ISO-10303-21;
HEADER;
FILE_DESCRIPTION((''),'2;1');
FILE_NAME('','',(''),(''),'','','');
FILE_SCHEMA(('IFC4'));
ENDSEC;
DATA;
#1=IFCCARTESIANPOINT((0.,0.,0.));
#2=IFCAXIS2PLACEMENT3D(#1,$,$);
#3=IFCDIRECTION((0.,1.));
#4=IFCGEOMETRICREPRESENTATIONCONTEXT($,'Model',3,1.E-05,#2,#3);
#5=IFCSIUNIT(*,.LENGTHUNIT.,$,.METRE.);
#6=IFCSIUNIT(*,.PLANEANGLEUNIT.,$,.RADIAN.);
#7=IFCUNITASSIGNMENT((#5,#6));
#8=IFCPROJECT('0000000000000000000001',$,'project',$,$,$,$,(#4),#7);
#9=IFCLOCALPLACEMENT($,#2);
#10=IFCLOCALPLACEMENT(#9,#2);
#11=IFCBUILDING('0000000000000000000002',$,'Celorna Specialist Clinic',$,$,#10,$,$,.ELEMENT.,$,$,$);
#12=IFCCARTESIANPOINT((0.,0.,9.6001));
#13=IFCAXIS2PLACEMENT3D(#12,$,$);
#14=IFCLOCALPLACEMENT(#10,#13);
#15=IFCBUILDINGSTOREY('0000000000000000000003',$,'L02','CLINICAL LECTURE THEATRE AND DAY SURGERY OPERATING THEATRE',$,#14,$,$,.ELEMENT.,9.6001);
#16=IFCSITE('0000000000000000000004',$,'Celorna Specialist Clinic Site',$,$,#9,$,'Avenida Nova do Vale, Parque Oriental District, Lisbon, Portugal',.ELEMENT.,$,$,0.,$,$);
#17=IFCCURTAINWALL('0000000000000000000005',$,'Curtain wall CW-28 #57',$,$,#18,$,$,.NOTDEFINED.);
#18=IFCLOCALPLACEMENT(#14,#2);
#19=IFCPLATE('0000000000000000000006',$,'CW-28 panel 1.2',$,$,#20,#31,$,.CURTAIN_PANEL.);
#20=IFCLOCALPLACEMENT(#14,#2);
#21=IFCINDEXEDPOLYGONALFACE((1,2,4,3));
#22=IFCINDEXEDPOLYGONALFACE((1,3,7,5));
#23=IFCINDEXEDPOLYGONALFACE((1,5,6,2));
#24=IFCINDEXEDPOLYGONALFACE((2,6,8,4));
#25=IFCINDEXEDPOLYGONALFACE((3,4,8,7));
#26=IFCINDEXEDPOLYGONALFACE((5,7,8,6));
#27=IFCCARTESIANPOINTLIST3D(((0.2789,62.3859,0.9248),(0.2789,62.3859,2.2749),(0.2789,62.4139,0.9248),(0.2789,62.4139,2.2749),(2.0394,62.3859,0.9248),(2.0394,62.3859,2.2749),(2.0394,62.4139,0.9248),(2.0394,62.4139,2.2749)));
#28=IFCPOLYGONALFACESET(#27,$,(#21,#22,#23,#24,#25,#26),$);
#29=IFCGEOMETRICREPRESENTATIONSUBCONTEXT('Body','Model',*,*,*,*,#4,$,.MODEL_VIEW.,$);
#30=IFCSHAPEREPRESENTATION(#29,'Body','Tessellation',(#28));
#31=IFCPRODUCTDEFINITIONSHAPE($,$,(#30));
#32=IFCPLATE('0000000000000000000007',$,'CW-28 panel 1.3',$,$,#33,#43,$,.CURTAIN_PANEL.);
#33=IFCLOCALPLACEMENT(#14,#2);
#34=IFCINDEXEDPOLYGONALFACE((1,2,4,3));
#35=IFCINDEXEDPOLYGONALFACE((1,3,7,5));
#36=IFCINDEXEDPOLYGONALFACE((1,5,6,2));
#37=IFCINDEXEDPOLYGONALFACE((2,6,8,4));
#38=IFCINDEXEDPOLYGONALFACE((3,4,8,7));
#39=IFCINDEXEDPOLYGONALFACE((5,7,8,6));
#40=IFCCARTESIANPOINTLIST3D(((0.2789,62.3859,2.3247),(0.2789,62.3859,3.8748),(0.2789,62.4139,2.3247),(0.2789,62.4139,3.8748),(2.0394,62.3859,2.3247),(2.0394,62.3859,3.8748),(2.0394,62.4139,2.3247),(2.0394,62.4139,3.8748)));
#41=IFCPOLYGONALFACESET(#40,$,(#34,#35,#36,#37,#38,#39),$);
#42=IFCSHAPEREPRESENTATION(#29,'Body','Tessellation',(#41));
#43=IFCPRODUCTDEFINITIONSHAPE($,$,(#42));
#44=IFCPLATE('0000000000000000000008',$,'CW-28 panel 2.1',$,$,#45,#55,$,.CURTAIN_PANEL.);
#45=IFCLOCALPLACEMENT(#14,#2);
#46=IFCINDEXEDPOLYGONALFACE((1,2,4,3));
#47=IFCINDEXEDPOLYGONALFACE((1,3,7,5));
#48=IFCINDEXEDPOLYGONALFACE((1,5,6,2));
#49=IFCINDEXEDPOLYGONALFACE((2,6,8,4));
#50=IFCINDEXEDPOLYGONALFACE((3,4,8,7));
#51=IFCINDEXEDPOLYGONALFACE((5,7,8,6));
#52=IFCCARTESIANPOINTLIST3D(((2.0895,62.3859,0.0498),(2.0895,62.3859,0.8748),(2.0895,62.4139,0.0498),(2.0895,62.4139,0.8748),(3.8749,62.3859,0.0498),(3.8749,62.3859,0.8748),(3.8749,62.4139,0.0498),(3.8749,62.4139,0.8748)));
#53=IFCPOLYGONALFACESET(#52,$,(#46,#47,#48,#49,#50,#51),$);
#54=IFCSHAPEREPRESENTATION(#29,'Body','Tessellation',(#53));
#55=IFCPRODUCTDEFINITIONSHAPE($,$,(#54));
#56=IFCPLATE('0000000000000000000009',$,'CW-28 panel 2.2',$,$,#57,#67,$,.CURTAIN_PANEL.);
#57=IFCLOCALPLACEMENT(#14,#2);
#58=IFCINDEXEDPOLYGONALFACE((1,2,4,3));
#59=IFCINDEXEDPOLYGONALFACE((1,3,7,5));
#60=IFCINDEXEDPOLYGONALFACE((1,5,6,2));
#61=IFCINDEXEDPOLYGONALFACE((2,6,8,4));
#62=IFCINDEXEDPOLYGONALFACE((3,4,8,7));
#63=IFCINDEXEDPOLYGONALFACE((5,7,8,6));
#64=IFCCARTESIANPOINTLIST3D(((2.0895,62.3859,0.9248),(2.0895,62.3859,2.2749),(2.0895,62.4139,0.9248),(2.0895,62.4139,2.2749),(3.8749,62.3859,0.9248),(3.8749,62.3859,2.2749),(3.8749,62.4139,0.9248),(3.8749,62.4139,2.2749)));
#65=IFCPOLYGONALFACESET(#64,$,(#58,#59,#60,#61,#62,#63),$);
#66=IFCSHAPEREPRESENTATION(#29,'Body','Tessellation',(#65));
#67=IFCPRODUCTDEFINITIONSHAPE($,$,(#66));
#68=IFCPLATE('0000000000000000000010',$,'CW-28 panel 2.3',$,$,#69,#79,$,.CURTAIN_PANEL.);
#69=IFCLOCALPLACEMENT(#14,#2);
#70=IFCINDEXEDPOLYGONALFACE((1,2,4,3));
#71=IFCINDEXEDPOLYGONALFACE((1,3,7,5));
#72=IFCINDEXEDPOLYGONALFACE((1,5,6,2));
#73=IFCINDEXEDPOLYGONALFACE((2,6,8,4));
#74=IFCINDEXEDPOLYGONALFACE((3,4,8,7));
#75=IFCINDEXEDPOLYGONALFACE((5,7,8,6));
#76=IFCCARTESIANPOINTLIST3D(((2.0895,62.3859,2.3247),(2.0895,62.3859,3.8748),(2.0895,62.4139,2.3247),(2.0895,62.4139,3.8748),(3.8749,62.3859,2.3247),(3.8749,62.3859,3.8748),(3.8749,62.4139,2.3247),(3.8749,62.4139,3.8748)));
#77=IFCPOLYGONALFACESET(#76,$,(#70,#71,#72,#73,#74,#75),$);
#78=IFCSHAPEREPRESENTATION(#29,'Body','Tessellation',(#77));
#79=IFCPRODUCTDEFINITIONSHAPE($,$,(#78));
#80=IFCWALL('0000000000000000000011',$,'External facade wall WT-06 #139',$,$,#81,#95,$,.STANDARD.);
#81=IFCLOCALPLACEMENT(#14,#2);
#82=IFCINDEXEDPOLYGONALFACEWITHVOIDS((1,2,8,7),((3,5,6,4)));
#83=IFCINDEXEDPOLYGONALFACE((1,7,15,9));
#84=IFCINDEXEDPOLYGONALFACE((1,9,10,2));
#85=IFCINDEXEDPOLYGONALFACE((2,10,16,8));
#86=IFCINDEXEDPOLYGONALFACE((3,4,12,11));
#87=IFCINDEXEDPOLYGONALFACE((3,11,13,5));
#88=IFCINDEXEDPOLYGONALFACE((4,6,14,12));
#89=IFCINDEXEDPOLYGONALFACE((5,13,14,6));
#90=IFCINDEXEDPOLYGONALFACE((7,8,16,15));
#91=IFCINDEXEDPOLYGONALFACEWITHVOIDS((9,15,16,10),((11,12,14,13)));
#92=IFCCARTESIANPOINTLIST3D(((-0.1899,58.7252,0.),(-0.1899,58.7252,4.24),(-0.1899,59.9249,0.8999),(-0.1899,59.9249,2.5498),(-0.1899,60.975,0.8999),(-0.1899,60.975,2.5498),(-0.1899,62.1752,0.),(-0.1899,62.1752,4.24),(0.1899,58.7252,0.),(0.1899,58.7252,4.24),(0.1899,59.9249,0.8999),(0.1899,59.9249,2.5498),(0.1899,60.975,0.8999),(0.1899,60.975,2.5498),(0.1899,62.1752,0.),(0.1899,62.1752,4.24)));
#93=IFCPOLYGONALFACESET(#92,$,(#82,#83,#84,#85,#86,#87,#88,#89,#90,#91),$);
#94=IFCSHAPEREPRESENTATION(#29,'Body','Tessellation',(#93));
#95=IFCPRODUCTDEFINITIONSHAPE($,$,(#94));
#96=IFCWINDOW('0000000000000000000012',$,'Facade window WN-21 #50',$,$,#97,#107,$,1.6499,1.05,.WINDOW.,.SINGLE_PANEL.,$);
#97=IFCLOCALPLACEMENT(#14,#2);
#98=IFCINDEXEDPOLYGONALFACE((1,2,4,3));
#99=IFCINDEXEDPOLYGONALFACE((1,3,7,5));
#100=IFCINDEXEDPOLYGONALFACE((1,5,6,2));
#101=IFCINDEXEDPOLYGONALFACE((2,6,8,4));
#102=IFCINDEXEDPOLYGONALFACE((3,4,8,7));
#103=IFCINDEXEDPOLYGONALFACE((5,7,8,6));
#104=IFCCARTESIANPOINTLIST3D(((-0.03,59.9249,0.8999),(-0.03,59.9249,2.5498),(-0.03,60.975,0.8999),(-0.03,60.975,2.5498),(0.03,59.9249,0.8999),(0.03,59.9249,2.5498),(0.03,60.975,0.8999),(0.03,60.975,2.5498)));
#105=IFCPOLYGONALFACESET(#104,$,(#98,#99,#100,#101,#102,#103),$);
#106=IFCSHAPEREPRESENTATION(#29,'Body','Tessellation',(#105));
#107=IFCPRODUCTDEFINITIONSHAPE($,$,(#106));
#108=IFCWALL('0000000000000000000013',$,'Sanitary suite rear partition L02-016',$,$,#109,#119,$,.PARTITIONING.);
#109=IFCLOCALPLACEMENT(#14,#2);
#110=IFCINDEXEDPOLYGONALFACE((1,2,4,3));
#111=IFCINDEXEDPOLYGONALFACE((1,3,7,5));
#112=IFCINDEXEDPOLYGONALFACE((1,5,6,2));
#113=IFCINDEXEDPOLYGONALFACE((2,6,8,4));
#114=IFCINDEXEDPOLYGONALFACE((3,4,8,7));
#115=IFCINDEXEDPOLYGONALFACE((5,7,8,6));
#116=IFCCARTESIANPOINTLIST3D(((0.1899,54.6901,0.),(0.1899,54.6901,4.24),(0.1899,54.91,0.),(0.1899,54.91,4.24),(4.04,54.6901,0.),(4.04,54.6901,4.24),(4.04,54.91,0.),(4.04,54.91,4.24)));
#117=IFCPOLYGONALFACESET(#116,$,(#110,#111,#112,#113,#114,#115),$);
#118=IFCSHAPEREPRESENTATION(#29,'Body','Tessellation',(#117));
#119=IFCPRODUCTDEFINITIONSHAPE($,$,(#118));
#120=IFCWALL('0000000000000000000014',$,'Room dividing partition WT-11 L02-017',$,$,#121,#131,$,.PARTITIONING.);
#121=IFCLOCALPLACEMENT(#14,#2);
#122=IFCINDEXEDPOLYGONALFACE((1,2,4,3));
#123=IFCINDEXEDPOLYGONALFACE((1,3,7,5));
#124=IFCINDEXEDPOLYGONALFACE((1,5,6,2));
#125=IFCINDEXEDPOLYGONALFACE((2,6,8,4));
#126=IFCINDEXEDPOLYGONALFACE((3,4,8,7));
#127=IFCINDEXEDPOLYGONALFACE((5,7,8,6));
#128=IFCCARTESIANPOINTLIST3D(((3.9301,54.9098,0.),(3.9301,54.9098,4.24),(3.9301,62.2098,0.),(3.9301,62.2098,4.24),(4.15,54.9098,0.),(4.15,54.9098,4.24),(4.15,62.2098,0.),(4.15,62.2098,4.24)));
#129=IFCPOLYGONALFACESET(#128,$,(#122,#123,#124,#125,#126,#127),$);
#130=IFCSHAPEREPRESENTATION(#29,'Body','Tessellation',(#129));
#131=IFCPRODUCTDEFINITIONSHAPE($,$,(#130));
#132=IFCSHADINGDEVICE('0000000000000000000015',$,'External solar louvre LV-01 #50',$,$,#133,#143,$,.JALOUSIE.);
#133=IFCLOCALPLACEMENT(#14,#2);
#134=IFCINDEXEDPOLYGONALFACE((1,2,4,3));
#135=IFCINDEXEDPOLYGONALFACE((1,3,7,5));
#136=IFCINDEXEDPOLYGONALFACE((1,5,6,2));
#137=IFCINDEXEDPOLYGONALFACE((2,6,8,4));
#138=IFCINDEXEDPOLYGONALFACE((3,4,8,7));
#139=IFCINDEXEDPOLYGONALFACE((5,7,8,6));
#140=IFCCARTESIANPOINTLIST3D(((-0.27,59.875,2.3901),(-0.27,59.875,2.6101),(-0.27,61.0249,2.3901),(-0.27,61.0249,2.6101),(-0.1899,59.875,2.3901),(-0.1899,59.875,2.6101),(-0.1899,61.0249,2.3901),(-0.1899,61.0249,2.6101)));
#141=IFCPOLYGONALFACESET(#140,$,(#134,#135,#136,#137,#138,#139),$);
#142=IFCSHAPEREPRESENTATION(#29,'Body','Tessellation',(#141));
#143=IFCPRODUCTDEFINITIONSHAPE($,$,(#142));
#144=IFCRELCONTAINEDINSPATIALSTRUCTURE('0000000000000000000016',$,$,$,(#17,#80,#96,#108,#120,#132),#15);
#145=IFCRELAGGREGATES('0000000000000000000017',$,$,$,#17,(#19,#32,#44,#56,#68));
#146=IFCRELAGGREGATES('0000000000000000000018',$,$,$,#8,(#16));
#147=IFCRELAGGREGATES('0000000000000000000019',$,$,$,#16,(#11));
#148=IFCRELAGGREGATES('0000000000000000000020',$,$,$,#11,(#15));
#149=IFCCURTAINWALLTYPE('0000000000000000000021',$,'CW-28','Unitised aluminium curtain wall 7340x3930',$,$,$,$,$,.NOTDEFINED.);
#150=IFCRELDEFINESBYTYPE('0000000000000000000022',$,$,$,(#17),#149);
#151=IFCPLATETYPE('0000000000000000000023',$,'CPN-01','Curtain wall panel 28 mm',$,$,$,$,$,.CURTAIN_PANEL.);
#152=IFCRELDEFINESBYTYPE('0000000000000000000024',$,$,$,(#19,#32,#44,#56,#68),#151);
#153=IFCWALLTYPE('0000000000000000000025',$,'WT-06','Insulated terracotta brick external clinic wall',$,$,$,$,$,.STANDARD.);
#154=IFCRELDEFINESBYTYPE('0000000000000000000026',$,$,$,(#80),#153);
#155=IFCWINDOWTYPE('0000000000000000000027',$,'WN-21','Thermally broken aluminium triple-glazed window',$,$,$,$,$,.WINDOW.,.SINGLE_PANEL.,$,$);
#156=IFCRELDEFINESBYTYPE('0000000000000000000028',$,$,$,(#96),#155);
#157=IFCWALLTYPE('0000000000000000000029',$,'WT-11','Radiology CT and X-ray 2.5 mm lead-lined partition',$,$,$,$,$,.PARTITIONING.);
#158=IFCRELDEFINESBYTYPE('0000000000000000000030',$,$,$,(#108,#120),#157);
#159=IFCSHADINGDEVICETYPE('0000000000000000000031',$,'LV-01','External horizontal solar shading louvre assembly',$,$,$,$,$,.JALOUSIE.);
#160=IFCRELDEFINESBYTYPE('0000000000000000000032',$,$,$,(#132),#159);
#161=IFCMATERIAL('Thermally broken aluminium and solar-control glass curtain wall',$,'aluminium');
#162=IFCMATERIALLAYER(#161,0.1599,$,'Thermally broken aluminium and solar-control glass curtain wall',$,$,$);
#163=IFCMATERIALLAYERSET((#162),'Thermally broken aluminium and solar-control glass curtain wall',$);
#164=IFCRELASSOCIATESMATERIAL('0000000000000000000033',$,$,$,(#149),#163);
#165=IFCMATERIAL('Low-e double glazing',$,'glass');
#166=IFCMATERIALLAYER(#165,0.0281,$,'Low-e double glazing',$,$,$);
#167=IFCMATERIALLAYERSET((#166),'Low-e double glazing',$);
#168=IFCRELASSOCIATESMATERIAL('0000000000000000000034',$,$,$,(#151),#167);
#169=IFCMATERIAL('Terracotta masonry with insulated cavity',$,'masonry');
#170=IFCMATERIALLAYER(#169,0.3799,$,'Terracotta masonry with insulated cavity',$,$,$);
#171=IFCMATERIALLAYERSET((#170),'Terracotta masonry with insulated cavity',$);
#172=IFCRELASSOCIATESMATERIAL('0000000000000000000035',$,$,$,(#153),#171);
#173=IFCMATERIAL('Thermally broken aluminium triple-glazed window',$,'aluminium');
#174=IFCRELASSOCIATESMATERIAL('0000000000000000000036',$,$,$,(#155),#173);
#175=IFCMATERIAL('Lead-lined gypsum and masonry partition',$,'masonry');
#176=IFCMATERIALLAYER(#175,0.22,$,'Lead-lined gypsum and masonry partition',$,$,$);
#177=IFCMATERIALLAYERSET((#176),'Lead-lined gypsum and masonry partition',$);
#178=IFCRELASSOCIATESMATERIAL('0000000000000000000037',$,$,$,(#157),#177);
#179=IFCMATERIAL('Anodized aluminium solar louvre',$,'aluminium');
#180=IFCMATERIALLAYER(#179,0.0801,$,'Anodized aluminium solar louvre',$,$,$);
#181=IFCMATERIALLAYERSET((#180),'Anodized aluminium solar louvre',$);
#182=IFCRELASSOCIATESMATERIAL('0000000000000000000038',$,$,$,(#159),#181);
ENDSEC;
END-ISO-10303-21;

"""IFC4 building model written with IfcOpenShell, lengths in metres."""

from ifc_helpers import new_model, si_unit, direction, frame, frame_2d, origin, origin_2d, place, context, subcontext, project, spatial, rectangle, extrude, material, layer, layer_set, type_object, element, fill, aggregate, save


model = new_model("IFC4")

# Units and contexts
model_context = context("Model", 3, precision=1e-05, world=origin(), true_north=direction((0.0, 1.0)))
body_context = subcontext(model_context, "Body", "Model", "MODEL_VIEW")
ifc_project = project(units=[si_unit("LENGTHUNIT", "METRE"), si_unit("PLANEANGLEUNIT", "RADIAN")], contexts=[model_context])

# Site, building, storey
site_placement = place(None, origin())
site = spatial("IfcSite", under=ifc_project, at=site_placement, Name="Celorna Specialist Clinic Site", LongName="Avenida Nova do Vale, Parque Oriental District, Lisbon, Portugal", CompositionType="ELEMENT", RefElevation=0.0)
building_placement = place(site_placement, origin())
building = spatial("IfcBuilding", under=site, at=building_placement, Name="Celorna Specialist Clinic", CompositionType="ELEMENT")
storey_placement = place(building_placement, frame((0.0, 0.0, 9.6001)))
storey = spatial("IfcBuildingStorey", under=building, at=storey_placement, Name="L02", Description="CLINICAL LECTURE THEATRE AND DAY SURGERY OPERATING THEATRE", CompositionType="ELEMENT", Elevation=9.6001)

# Curtain wall, plates
ifc_material_1 = material(Name="Thermally broken aluminium and solar-control glass curtain wall", Category="aluminium")
ifc_layer_1 = layer(ifc_material_1, 0.1599, Name="Thermally broken aluminium and solar-control glass curtain wall")
ifc_layer_set_1 = layer_set([ifc_layer_1], Name="Thermally broken aluminium and solar-control glass curtain wall")
curtain_wall_type = type_object("IfcCurtainWallType", Name="CW-28", Description="Unitised aluminium curtain wall 7340x3930", PredefinedType="NOTDEFINED", material=ifc_layer_set_1)
curtain_wall_placement = place(storey_placement, origin())
curtain_wall = element("IfcCurtainWall", 1, at=curtain_wall_placement, inside=storey, type_object=curtain_wall_type, Name="Curtain wall CW-28 #57", PredefinedType="NOTDEFINED")
ifc_material_2 = material(Name="Low-e double glazing", Category="glass")
ifc_layer_2 = layer(ifc_material_2, 0.0281, Name="Low-e double glazing")
ifc_layer_set_2 = layer_set([ifc_layer_2], Name="Low-e double glazing")
plate_type = type_object("IfcPlateType", Name="CPN-01", Description="Curtain wall panel 28 mm", PredefinedType="CURTAIN_PANEL", material=ifc_layer_set_2)
plate_1_placement = place(storey_placement, frame((1.1592, 62.3999, 0.9248), z_axis=(0.0, 0.0, 1.0), x_axis=(1.0, 0.0, 0.0)))
plate_1 = element("IfcPlate", 2, at=plate_1_placement, type_object=plate_type, Name="CW-28 panel 1.2", PredefinedType="CURTAIN_PANEL", context=body_context, shape_type="SweptSolid", body=[
    extrude(rectangle(XDim=1.7605, YDim=0.0281, at=origin_2d()), origin(), (0.0, 0.0, 1.0), 1.3501),
])
plate_2_placement = place(storey_placement, frame((1.1592, 62.3999, 2.3247), z_axis=(0.0, 0.0, 1.0), x_axis=(1.0, 0.0, 0.0)))
plate_2 = element("IfcPlate", 3, at=plate_2_placement, type_object=plate_type, Name="CW-28 panel 1.3", PredefinedType="CURTAIN_PANEL", context=body_context, shape_type="SweptSolid", body=[
    extrude(rectangle(XDim=1.7605, YDim=0.0281, at=origin_2d()), origin(), (0.0, 0.0, 1.0), 1.55),
])
plate_3_placement = place(storey_placement, frame((2.9822, 62.3999, 0.0498), z_axis=(0.0, 0.0, 1.0), x_axis=(1.0, 0.0, 0.0)))
plate_3 = element("IfcPlate", 4, at=plate_3_placement, type_object=plate_type, Name="CW-28 panel 2.1", PredefinedType="CURTAIN_PANEL", context=body_context, shape_type="SweptSolid", body=[
    extrude(rectangle(XDim=1.7854, YDim=0.0281, at=origin_2d()), origin(), (0.0, 0.0, 1.0), 0.825),
])
plate_4_placement = place(storey_placement, frame((2.9822, 62.3999, 0.9248), z_axis=(0.0, 0.0, 1.0), x_axis=(1.0, 0.0, 0.0)))
plate_4 = element("IfcPlate", 5, at=plate_4_placement, type_object=plate_type, Name="CW-28 panel 2.2", PredefinedType="CURTAIN_PANEL", context=body_context, shape_type="SweptSolid", body=[
    extrude(rectangle(XDim=1.7854, YDim=0.0281, at=origin_2d()), origin(), (0.0, 0.0, 1.0), 1.3501),
])
plate_5_placement = place(storey_placement, frame((2.9822, 62.3999, 2.3247), z_axis=(0.0, 0.0, 1.0), x_axis=(1.0, 0.0, 0.0)))
plate_5 = element("IfcPlate", 6, at=plate_5_placement, type_object=plate_type, Name="CW-28 panel 2.3", PredefinedType="CURTAIN_PANEL", context=body_context, shape_type="SweptSolid", body=[
    extrude(rectangle(XDim=1.7854, YDim=0.0281, at=origin_2d()), origin(), (0.0, 0.0, 1.0), 1.55),
])
aggregate(curtain_wall, [plate_1, plate_2, plate_3, plate_4, plate_5])

# Wall, opening, window
ifc_material_3 = material(Name="Terracotta masonry with insulated cavity", Category="masonry")
ifc_layer_3 = layer(ifc_material_3, 0.3799, Name="Terracotta masonry with insulated cavity")
ifc_layer_set_3 = layer_set([ifc_layer_3], Name="Terracotta masonry with insulated cavity")
wall_type_1 = type_object("IfcWallType", Name="WT-06", Description="Insulated terracotta brick external clinic wall", PredefinedType="STANDARD", material=ifc_layer_set_3)
wall_1_placement = place(storey_placement, frame((0.0, 58.7251, 0.0), z_axis=(0.0, 0.0, 1.0), x_axis=(0.0, 1.0, 0.0)))
wall_1 = element("IfcWall", 7, at=wall_1_placement, inside=storey, type_object=wall_type_1, Name="External facade wall WT-06 #139", PredefinedType="STANDARD", context=body_context, shape_type="SweptSolid", body=[
    extrude(rectangle(XDim=3.45, YDim=0.3799, at=frame_2d((1.7251, 0.0))), origin(), (0.0, 0.0, 1.0), 4.24),
])
opening_placement = place(wall_1_placement, frame((1.2, 0.0, 0.8999)))
opening = element("IfcOpeningElement", 8, at=opening_placement, cuts=wall_1, PredefinedType="OPENING", context=body_context, shape_type="SweptSolid", body=[
    extrude(rectangle(XDim=1.05, YDim=1.6499, at=frame_2d((0.5249, 0.825))), frame((0.0, 0.2, 0.0), z_axis=(0.0, -1.0, 0.0), x_axis=(1.0, 0.0, 0.0)), (0.0, 0.0, 1.0), 0.3999),
])
ifc_material_4 = material(Name="Thermally broken aluminium triple-glazed window", Category="aluminium")
window_type = type_object("IfcWindowType", Name="WN-21", Description="Thermally broken aluminium triple-glazed window", PartitioningType="SINGLE_PANEL", PredefinedType="WINDOW", material=ifc_material_4)
window_placement = place(opening_placement, origin())
window = element("IfcWindow", 9, at=window_placement, inside=storey, type_object=window_type, Name="Facade window WN-21 #50", OverallHeight=1.6499, OverallWidth=1.05, PartitioningType="SINGLE_PANEL", PredefinedType="WINDOW", context=body_context, shape_type="SweptSolid", body=[
    extrude(rectangle(XDim=1.05, YDim=1.6499, at=frame_2d((0.5249, 0.825))), frame((0.0, 0.03, 0.0), z_axis=(0.0, -1.0, 0.0), x_axis=(1.0, 0.0, 0.0)), (0.0, 0.0, 1.0), 0.0601),
])
fill(opening, window)

# Walls
ifc_material_5 = material(Name="Lead-lined gypsum and masonry partition", Category="masonry")
ifc_layer_4 = layer(ifc_material_5, 0.22, Name="Lead-lined gypsum and masonry partition")
ifc_layer_set_4 = layer_set([ifc_layer_4], Name="Lead-lined gypsum and masonry partition")
wall_type_2 = type_object("IfcWallType", Name="WT-11", Description="Radiology CT and X-ray 2.5 mm lead-lined partition", PredefinedType="PARTITIONING", material=ifc_layer_set_4)
wall_2_placement = place(storey_placement, frame((0.1899, 54.8, 0.0), z_axis=(0.0, 0.0, 1.0), x_axis=(1.0, 0.0, 0.0)))
element("IfcWall", 10, at=wall_2_placement, inside=storey, type_object=wall_type_2, Name="Sanitary suite rear partition L02-016", PredefinedType="PARTITIONING", context=body_context, shape_type="SweptSolid", body=[
    extrude(rectangle(XDim=3.8501, YDim=0.22, at=frame_2d((1.925, 0.0))), origin(), (0.0, 0.0, 1.0), 4.24),
])
wall_3_placement = place(storey_placement, frame((4.04, 54.9099, 0.0), z_axis=(0.0, 0.0, 1.0), x_axis=(0.0, 1.0, 0.0)))
element("IfcWall", 11, at=wall_3_placement, inside=storey, type_object=wall_type_2, Name="Room dividing partition WT-11 L02-017", PredefinedType="PARTITIONING", context=body_context, shape_type="SweptSolid", body=[
    extrude(rectangle(XDim=7.3, YDim=0.22, at=frame_2d((3.6499, 0.0))), origin(), (0.0, 0.0, 1.0), 4.24),
])

# Shading device
ifc_material_6 = material(Name="Anodized aluminium solar louvre", Category="aluminium")
ifc_layer_5 = layer(ifc_material_6, 0.0801, Name="Anodized aluminium solar louvre")
ifc_layer_set_5 = layer_set([ifc_layer_5], Name="Anodized aluminium solar louvre")
shading_device_type = type_object("IfcShadingDeviceType", Name="LV-01", Description="External horizontal solar shading louvre assembly", PredefinedType="JALOUSIE", material=ifc_layer_set_5)
shading_device_placement = place(storey_placement, frame((-0.23, 60.45, 2.3901), z_axis=(0.0, 0.0, 1.0), x_axis=(0.0, 1.0, 0.0)))
element("IfcShadingDevice", 12, at=shading_device_placement, inside=storey, type_object=shading_device_type, Name="External solar louvre LV-01 #50", PredefinedType="JALOUSIE", context=body_context, shape_type="SweptSolid", body=[
    extrude(rectangle(XDim=1.1499, YDim=0.0801, at=origin_2d()), origin(), (0.0, 0.0, 1.0), 0.22),
])

save(model, "model.ifc")
